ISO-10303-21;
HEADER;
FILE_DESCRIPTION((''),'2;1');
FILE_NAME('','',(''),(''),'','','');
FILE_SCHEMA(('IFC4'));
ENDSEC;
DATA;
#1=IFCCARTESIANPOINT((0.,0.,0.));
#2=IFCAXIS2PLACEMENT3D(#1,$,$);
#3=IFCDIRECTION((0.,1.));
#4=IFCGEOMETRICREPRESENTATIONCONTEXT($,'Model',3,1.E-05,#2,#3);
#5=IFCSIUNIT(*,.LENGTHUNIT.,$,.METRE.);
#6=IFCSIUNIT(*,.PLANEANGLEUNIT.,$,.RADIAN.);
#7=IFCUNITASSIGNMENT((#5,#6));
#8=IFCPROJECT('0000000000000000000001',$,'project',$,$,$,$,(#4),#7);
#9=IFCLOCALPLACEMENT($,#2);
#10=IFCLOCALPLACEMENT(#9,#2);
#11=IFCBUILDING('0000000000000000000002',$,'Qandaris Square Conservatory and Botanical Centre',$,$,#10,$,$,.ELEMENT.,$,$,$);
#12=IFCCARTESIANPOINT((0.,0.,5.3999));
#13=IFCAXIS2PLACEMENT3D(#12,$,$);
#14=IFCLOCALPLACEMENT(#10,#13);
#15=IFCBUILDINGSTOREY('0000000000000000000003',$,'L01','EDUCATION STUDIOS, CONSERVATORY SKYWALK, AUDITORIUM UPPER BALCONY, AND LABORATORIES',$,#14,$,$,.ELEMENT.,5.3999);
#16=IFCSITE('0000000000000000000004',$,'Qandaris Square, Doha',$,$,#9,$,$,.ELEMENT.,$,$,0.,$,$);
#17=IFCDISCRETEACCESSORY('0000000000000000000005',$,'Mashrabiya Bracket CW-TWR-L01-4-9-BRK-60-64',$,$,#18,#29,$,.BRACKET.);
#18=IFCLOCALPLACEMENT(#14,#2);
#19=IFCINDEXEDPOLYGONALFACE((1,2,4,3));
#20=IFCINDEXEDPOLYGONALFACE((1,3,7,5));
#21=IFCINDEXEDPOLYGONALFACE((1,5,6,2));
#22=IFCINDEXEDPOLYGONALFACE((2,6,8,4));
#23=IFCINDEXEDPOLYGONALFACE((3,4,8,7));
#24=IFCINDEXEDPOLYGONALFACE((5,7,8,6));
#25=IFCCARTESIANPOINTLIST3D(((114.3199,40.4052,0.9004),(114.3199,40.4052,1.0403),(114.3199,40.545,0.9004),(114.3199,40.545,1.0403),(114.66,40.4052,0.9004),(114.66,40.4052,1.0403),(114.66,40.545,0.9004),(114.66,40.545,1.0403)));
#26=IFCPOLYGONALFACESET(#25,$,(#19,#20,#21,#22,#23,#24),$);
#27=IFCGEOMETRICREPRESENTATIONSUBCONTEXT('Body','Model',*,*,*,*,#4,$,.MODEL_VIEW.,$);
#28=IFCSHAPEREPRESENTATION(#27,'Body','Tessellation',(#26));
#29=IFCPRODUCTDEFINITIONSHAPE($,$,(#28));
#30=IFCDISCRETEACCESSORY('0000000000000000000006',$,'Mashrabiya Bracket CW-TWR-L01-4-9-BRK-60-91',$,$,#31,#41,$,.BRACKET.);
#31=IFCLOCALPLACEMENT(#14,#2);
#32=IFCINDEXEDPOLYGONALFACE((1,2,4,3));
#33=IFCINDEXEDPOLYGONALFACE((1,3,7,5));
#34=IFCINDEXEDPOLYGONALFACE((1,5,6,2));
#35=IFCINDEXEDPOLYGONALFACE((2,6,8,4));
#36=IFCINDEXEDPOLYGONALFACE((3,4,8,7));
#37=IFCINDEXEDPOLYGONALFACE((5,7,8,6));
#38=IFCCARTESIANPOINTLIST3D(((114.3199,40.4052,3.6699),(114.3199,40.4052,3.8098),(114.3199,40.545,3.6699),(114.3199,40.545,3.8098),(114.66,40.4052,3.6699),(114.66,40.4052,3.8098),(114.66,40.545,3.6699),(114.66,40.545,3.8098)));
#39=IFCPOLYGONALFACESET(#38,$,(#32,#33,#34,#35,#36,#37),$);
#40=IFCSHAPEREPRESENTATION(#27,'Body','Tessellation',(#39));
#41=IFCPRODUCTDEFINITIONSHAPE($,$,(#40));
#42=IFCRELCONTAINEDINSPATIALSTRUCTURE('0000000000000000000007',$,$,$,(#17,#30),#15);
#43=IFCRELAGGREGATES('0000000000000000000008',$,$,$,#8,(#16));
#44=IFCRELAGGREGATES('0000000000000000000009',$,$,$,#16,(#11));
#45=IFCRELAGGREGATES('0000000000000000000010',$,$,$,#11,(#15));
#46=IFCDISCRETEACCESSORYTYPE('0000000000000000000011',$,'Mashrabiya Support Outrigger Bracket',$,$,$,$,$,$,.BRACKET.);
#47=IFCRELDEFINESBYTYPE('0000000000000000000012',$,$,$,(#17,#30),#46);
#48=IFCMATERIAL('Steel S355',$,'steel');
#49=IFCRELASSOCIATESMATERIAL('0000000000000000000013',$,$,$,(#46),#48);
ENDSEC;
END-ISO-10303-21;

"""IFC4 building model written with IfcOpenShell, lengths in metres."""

from ifc_helpers import new_model, si_unit, direction, frame, origin, origin_2d, place, context, subcontext, project, spatial, rectangle, extrude, material, type_object, element, save


model = new_model("IFC4")

# Units and contexts
model_context = context("Model", 3, precision=1e-05, world=origin(), true_north=direction((0.0, 1.0)))
body_context = subcontext(model_context, "Body", "Model", "MODEL_VIEW")
ifc_project = project(units=[si_unit("LENGTHUNIT", "METRE"), si_unit("PLANEANGLEUNIT", "RADIAN")], contexts=[model_context])

# Site, building, storey
site_placement = place(None, origin())
site = spatial("IfcSite", under=ifc_project, at=site_placement, Name="Qandaris Square, Doha", CompositionType="ELEMENT", RefElevation=0.0)
building_placement = place(site_placement, origin())
building = spatial("IfcBuilding", under=site, at=building_placement, Name="Qandaris Square Conservatory and Botanical Centre", CompositionType="ELEMENT")
storey_placement = place(building_placement, frame((0.0, 0.0, 5.3999)))
storey = spatial("IfcBuildingStorey", under=building, at=storey_placement, Name="L01", Description="EDUCATION STUDIOS, CONSERVATORY SKYWALK, AUDITORIUM UPPER BALCONY, AND LABORATORIES", CompositionType="ELEMENT", Elevation=5.3999)

# Discrete accessories
ifc_material_1 = material(Name="Steel S355", Category="steel")
discrete_accessory_type = type_object("IfcDiscreteAccessoryType", Name="Mashrabiya Support Outrigger Bracket", PredefinedType="BRACKET", material=ifc_material_1)
for number, where, z_axis, x_axis, name in (
    (1, (114.49, 40.4751, 0.9004), (0.0, 0.0, 1.0), (0.0, -1.0, 0.0), "Mashrabiya Bracket CW-TWR-L01-4-9-BRK-60-64"),
    (2, (114.49, 40.4751, 3.6699), (0.0, 0.0, 1.0), (0.0, -1.0, 0.0), "Mashrabiya Bracket CW-TWR-L01-4-9-BRK-60-91"),
):
    element("IfcDiscreteAccessory", number, at=place(storey_placement, frame(where, z_axis=z_axis, x_axis=x_axis)), inside=storey, type_object=discrete_accessory_type, Name=name, PredefinedType="BRACKET", context=body_context, shape_type="SweptSolid", body=[
        extrude(rectangle(XDim=0.1399, YDim=0.3401, at=origin_2d()), origin(), (0.0, 0.0, 1.0), 0.1399),
    ])

save(model, "model.ifc")
